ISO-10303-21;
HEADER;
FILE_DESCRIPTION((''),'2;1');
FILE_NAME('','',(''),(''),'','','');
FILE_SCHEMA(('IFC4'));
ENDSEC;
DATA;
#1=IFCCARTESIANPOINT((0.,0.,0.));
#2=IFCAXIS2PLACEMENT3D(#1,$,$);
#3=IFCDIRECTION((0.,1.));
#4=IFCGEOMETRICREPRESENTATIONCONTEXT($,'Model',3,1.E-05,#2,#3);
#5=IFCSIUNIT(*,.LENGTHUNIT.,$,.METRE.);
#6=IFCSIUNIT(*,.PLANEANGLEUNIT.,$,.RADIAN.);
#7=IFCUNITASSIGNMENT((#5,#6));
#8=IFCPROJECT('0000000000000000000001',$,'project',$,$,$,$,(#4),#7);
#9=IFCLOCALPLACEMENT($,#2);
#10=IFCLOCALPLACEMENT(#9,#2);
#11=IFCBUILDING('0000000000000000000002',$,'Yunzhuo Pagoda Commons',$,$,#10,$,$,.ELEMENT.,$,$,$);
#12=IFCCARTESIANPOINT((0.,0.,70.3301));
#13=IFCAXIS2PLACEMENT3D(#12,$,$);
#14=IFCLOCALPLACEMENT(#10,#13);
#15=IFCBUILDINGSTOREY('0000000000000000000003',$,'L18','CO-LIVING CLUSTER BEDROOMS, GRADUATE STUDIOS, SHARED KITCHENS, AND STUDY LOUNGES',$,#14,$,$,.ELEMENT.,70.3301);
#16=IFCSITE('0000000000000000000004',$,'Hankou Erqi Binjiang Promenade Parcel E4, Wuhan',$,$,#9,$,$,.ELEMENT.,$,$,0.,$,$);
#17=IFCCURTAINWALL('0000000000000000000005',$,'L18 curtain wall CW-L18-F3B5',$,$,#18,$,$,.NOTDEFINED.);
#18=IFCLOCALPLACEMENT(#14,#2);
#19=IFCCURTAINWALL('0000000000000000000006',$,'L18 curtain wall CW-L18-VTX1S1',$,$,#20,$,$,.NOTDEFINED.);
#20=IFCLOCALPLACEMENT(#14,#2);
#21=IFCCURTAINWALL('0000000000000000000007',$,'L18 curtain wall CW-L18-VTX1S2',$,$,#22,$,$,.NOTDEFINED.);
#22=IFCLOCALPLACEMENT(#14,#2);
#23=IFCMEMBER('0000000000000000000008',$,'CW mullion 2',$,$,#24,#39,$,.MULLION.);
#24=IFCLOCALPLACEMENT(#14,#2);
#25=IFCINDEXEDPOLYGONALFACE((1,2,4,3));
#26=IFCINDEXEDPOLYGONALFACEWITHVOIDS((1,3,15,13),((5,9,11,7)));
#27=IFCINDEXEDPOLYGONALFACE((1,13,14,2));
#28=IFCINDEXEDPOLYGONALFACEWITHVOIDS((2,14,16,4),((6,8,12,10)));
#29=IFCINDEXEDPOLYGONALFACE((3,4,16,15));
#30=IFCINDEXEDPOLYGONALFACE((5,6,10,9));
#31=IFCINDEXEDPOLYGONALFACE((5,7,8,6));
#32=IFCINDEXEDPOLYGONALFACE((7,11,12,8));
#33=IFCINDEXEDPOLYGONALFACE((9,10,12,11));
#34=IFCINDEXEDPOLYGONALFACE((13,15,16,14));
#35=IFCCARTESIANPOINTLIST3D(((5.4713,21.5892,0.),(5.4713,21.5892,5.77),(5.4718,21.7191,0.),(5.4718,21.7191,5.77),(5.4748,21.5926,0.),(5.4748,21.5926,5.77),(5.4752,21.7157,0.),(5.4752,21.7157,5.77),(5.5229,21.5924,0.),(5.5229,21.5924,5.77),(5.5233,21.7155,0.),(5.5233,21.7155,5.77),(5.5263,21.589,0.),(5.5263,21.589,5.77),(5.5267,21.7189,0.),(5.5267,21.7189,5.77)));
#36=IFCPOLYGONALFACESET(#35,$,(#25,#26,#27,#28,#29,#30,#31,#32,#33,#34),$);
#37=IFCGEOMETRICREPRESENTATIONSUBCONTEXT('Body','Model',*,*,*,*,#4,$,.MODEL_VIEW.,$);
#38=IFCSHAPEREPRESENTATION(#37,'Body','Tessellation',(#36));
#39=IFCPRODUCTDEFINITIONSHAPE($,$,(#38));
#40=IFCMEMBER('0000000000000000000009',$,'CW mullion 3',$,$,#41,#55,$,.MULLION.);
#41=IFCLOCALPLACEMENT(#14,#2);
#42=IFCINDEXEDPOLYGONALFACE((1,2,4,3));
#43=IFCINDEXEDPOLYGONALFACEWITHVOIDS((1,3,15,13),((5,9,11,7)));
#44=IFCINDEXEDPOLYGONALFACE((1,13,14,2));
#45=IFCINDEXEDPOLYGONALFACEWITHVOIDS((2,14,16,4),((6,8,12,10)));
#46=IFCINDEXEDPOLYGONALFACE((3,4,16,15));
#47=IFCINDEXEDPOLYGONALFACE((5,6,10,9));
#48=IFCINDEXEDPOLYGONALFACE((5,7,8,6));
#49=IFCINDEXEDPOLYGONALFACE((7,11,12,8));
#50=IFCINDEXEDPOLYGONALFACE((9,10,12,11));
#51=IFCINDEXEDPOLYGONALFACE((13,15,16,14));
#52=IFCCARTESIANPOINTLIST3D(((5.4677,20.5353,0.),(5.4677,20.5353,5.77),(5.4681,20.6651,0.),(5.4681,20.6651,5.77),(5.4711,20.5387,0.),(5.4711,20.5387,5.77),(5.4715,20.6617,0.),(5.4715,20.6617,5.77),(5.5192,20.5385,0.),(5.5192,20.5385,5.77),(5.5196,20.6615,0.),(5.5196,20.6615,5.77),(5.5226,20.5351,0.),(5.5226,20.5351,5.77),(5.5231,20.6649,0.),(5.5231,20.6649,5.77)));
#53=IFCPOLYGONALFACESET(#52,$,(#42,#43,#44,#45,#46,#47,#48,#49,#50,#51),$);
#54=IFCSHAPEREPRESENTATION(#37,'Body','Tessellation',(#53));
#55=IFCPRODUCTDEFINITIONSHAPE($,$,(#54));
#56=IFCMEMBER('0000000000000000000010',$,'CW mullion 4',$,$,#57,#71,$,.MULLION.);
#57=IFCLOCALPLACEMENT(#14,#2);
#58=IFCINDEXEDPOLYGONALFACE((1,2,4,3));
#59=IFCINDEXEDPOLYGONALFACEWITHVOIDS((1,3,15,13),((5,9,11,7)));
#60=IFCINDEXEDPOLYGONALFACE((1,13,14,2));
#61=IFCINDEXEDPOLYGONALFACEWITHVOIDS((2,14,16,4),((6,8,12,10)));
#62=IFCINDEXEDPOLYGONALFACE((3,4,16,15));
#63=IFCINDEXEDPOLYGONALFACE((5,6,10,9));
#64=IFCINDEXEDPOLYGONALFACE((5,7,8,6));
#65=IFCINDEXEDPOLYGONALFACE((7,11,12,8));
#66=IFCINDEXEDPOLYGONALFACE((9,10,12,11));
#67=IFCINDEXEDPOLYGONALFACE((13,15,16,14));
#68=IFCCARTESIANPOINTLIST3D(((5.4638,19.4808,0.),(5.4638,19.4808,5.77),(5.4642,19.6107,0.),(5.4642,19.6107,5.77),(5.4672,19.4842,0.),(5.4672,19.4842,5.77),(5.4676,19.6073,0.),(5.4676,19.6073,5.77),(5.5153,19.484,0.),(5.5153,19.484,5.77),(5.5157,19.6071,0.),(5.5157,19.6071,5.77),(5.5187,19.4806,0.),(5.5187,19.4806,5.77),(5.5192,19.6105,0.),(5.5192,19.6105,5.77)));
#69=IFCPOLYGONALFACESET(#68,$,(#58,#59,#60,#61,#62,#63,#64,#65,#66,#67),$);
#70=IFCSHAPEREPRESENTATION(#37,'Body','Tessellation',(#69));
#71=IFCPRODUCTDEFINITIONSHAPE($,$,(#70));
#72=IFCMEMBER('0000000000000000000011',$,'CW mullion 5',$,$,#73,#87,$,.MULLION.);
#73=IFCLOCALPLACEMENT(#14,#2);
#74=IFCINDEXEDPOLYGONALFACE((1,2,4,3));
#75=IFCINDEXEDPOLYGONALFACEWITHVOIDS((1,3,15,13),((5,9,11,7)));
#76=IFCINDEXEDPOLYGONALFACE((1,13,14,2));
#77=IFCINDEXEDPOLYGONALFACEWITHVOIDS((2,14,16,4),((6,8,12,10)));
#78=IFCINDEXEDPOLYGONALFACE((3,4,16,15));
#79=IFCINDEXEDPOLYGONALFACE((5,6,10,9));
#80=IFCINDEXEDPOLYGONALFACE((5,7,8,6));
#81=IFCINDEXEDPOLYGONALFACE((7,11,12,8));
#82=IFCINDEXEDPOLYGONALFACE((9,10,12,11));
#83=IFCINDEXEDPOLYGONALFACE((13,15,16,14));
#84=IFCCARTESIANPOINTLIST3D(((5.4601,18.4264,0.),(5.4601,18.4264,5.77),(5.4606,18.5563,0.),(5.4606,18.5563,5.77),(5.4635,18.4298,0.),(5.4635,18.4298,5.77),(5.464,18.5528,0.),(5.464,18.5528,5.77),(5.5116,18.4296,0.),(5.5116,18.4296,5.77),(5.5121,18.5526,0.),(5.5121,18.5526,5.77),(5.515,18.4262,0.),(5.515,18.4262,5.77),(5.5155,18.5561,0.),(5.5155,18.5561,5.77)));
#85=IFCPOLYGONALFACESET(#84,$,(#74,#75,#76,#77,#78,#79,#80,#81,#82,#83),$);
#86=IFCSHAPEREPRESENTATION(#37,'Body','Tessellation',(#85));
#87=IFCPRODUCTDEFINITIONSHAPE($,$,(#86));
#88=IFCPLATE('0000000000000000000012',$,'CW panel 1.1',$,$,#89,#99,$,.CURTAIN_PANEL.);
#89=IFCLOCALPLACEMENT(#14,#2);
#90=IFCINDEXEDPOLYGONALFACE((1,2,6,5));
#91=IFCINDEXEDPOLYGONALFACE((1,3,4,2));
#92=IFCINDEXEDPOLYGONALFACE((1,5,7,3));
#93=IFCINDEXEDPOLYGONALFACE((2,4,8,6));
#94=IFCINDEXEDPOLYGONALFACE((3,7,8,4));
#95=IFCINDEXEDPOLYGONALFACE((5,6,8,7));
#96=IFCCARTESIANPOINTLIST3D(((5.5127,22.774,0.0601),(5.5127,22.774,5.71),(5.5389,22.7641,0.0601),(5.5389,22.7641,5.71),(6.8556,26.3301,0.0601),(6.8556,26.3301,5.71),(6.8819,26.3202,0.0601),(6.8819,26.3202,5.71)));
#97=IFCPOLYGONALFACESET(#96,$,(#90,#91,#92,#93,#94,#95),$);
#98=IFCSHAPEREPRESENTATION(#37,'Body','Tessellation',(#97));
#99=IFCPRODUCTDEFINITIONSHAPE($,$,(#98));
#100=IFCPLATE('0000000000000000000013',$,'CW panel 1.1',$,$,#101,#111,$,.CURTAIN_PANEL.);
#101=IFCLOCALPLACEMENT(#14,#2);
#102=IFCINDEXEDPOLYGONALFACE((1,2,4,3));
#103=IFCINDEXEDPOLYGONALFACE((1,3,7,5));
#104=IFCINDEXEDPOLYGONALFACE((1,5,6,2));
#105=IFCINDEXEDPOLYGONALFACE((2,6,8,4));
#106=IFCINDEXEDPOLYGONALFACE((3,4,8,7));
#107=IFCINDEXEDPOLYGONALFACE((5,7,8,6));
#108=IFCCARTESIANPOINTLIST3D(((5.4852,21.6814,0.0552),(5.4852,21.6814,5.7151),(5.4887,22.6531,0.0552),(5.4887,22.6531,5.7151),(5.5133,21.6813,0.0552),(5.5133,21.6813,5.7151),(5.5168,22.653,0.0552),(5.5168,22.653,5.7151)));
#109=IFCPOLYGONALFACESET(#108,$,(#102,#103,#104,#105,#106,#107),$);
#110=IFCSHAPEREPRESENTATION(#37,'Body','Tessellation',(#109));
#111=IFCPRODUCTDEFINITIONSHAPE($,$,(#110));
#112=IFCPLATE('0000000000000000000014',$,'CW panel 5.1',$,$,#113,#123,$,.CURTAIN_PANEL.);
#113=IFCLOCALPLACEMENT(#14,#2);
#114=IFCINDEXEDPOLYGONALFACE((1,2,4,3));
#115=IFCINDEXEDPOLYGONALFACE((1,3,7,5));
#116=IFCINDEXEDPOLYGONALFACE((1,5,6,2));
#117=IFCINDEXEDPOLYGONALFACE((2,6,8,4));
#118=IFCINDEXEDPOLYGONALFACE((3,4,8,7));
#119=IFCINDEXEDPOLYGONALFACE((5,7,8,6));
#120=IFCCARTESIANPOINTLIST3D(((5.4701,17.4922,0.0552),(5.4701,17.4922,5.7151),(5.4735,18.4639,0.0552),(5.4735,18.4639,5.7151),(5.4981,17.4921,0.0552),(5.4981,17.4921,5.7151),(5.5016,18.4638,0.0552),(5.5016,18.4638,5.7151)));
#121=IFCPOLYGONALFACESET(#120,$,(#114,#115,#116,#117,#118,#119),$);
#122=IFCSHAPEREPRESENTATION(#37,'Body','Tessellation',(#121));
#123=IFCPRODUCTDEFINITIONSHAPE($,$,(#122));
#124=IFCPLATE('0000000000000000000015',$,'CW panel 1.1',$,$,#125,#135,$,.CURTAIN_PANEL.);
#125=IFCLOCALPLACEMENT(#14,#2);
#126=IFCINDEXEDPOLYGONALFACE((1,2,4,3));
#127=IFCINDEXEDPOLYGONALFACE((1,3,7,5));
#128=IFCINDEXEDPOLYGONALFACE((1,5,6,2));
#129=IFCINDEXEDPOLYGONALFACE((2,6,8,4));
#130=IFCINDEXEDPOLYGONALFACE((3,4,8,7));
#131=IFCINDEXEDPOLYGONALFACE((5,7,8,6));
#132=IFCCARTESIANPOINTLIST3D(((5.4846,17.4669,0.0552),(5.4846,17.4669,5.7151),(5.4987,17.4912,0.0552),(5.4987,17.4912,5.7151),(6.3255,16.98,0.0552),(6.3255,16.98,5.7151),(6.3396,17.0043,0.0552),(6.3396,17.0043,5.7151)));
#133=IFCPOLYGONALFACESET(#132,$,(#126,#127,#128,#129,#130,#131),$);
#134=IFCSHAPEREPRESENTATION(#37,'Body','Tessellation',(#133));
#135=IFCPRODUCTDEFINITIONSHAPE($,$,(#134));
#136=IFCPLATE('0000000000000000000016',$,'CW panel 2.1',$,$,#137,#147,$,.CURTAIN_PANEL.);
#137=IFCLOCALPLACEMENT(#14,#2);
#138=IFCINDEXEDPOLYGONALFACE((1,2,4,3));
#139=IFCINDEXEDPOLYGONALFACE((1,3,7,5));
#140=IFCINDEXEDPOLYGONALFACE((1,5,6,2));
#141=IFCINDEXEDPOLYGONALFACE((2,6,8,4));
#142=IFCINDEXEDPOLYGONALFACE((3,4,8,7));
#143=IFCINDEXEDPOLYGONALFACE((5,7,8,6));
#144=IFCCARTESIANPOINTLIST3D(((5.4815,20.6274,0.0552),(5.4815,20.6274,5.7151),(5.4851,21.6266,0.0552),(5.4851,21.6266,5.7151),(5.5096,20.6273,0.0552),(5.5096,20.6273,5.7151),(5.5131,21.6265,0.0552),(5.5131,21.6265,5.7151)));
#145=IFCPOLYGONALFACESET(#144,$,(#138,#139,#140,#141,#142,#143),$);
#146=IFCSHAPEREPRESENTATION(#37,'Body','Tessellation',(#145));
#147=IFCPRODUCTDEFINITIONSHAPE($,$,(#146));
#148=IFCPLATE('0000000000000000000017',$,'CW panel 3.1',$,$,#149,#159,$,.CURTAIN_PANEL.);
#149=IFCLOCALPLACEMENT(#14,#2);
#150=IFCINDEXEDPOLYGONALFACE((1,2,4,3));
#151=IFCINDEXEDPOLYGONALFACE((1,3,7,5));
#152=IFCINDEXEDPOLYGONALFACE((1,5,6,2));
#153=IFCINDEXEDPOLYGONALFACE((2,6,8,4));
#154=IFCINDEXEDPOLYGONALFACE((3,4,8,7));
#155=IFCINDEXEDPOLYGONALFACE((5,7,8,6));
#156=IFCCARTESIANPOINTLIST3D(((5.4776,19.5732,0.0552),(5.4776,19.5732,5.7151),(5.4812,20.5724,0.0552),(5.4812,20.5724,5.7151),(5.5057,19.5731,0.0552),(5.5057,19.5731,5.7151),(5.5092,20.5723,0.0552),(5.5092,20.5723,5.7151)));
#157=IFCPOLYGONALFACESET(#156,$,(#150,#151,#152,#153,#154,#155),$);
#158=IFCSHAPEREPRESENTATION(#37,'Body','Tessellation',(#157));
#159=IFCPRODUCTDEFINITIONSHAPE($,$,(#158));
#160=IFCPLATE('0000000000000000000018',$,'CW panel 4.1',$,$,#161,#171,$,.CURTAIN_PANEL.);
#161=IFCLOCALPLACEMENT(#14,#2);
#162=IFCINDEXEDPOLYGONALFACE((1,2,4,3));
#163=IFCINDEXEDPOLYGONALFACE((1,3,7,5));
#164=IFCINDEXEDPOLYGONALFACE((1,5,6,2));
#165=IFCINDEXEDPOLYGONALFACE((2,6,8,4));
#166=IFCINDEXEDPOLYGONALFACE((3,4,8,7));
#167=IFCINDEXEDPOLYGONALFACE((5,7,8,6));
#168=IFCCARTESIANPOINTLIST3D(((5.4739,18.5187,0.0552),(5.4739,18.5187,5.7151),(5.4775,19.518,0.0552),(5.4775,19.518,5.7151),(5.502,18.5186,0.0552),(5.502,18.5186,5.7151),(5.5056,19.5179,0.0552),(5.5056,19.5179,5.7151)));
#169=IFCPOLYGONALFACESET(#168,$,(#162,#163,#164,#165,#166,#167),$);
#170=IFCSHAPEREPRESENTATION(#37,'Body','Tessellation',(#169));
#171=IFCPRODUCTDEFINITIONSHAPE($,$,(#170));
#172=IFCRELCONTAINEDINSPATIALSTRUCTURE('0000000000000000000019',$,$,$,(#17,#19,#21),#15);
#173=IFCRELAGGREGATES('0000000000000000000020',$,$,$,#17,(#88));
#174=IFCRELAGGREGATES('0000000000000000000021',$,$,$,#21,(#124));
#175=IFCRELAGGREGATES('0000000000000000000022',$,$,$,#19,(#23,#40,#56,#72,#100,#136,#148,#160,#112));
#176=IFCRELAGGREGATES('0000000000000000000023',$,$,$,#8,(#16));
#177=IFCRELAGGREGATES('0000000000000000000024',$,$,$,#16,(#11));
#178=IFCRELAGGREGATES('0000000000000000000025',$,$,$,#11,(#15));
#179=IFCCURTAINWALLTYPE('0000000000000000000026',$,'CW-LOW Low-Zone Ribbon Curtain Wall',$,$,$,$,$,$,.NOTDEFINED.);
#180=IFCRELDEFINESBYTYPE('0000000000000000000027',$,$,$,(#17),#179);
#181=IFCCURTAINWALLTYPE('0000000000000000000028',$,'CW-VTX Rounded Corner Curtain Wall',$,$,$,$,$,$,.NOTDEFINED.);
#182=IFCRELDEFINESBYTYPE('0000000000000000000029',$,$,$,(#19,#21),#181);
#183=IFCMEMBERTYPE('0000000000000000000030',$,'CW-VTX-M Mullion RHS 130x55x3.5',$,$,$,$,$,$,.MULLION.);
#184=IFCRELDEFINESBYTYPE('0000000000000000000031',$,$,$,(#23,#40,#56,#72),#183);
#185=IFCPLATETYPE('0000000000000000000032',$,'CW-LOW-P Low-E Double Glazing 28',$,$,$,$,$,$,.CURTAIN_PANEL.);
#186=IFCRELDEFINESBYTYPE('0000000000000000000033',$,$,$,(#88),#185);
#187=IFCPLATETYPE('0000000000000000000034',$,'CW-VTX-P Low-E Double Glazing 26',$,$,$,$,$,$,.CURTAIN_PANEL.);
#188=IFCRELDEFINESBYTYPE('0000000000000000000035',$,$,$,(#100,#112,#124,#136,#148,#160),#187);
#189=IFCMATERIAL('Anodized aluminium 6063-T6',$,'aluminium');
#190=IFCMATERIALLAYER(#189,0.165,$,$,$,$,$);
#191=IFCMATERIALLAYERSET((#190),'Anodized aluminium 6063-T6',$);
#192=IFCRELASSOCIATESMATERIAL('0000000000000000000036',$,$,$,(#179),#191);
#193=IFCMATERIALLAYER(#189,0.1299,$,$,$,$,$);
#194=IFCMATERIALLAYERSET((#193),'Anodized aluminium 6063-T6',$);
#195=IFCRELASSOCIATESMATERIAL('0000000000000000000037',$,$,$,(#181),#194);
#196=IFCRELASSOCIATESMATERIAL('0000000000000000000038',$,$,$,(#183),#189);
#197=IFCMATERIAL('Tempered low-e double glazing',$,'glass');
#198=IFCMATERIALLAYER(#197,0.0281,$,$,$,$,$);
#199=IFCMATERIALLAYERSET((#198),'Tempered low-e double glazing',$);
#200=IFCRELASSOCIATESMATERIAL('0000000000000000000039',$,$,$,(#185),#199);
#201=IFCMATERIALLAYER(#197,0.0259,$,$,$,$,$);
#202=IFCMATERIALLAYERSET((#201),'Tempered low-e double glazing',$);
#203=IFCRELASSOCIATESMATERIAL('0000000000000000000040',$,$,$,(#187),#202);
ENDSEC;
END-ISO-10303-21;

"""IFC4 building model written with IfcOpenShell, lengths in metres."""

from ifc_helpers import new_model, si_unit, direction, frame, origin, origin_2d, place, context, subcontext, project, spatial, rectangle, hollow_rectangle, extrude, source, transform, mapped, material, layer, layer_set, material_profile, profile_set, type_object, element, aggregate, save


model = new_model("IFC4")

# Units and contexts
model_context = context("Model", 3, precision=1e-05, world=origin(), true_north=direction((0.0, 1.0)))
body_context = subcontext(model_context, "Body", "Model", "MODEL_VIEW")
ifc_project = project(units=[si_unit("LENGTHUNIT", "METRE"), si_unit("PLANEANGLEUNIT", "RADIAN")], contexts=[model_context])

# Site, building, storey
site_placement = place(None, origin())
site = spatial("IfcSite", under=ifc_project, at=site_placement, Name="Hankou Erqi Binjiang Promenade Parcel E4, Wuhan", CompositionType="ELEMENT", RefElevation=0.0)
building_placement = place(site_placement, origin())
building = spatial("IfcBuilding", under=site, at=building_placement, Name="Yunzhuo Pagoda Commons", CompositionType="ELEMENT")
storey_placement = place(building_placement, frame((0.0, 0.0, 70.3301)))
storey = spatial("IfcBuildingStorey", under=building, at=storey_placement, Name="L18", Description="CO-LIVING CLUSTER BEDROOMS, GRADUATE STUDIOS, SHARED KITCHENS, AND STUDY LOUNGES", CompositionType="ELEMENT", Elevation=70.3301)

# Curtain walls
ifc_material_1 = material(Name="Anodized aluminium 6063-T6", Category="aluminium")
ifc_layer_1 = layer(ifc_material_1, 0.165)
ifc_layer_set_1 = layer_set([ifc_layer_1], Name="Anodized aluminium 6063-T6")
curtain_wall_type_1 = type_object("IfcCurtainWallType", Name="CW-LOW Low-Zone Ribbon Curtain Wall", PredefinedType="NOTDEFINED", material=ifc_layer_set_1)
curtain_wall_1_placement = place(storey_placement, origin())
curtain_wall_1 = element("IfcCurtainWall", 1, at=curtain_wall_1_placement, inside=storey, type_object=curtain_wall_type_1, Name="L18 curtain wall CW-L18-F3B5", PredefinedType="NOTDEFINED")
ifc_layer_2 = layer(ifc_material_1, 0.1299)
ifc_layer_set_2 = layer_set([ifc_layer_2], Name="Anodized aluminium 6063-T6")
curtain_wall_type_2 = type_object("IfcCurtainWallType", Name="CW-VTX Rounded Corner Curtain Wall", PredefinedType="NOTDEFINED", material=ifc_layer_set_2)
curtain_wall_2_placement = place(storey_placement, origin())
curtain_wall_2 = element("IfcCurtainWall", 2, at=curtain_wall_2_placement, inside=storey, type_object=curtain_wall_type_2, Name="L18 curtain wall CW-L18-VTX1S1", PredefinedType="NOTDEFINED")
curtain_wall_3_placement = place(storey_placement, origin())
curtain_wall_3 = element("IfcCurtainWall", 3, at=curtain_wall_3_placement, inside=storey, type_object=curtain_wall_type_2, Name="L18 curtain wall CW-L18-VTX1S2", PredefinedType="NOTDEFINED")

# Members
ifc_material_profile_1 = material_profile(ifc_material_1, hollow_rectangle(XDim=0.0549, YDim=0.1299, WallThickness=0.0034, at=origin_2d()), Name="Anodized aluminium 6063-T6")
ifc_profile_set_1 = profile_set([ifc_material_profile_1], Name="Anodized aluminium 6063-T6")
member_type_1 = type_object("IfcMemberType", Name="CW-VTX-M Mullion RHS 130x55x3.5", PredefinedType="MULLION", material=ifc_profile_set_1)
shared_shape_1 = source(origin(), body_context, "Body", "SweptSolid", [
    extrude(hollow_rectangle(XDim=0.0549, YDim=0.1299, WallThickness=0.0034, at=origin_2d()), origin(), (0.0, 0.0, 1.0), 5.77),
])
member_1_placement = place(storey_placement, frame((5.499, 21.6541, 0.0), z_axis=(0.0, 0.0, 1.0), x_axis=(0.999994, -0.003586, 0.0)))
member_1 = element("IfcMember", 4, at=member_1_placement, type_object=member_type_1, Name="CW mullion 2", PredefinedType="MULLION", context=body_context, shape_type="MappedRepresentation", body=[
    mapped(shared_shape_1, transform((0.0, 0.0, 0.0), scale=1.0)),
])
member_2_placement = place(storey_placement, frame((5.4954, 20.6001, 0.0), z_axis=(0.0, 0.0, 1.0), x_axis=(0.999994, -0.003586, 0.0)))
member_2 = element("IfcMember", 5, at=member_2_placement, type_object=member_type_1, Name="CW mullion 3", PredefinedType="MULLION", context=body_context, shape_type="MappedRepresentation", body=[
    mapped(shared_shape_1, transform((0.0, 0.0, 0.0), scale=1.0)),
])
member_3_placement = place(storey_placement, frame((5.4915, 19.5457, 0.0), z_axis=(0.0, 0.0, 1.0), x_axis=(0.999994, -0.003586, 0.0)))
member_3 = element("IfcMember", 6, at=member_3_placement, type_object=member_type_1, Name="CW mullion 4", PredefinedType="MULLION", context=body_context, shape_type="MappedRepresentation", body=[
    mapped(shared_shape_1, transform((0.0, 0.0, 0.0), scale=1.0)),
])
member_4_placement = place(storey_placement, frame((5.4878, 18.4912, 0.0), z_axis=(0.0, 0.0, 1.0), x_axis=(0.999994, -0.003586, 0.0)))
member_4 = element("IfcMember", 7, at=member_4_placement, type_object=member_type_1, Name="CW mullion 5", PredefinedType="MULLION", context=body_context, shape_type="MappedRepresentation", body=[
    mapped(shared_shape_1, transform((0.0, 0.0, 0.0), scale=1.0)),
])

# Plates
ifc_material_2 = material(Name="Tempered low-e double glazing", Category="glass")
ifc_layer_3 = layer(ifc_material_2, 0.0281)
ifc_layer_set_3 = layer_set([ifc_layer_3], Name="Tempered low-e double glazing")
plate_type_1 = type_object("IfcPlateType", Name="CW-LOW-P Low-E Double Glazing 28", PredefinedType="CURTAIN_PANEL", material=ifc_layer_set_3)
shared_shape_2 = source(origin(), body_context, "Body", "SweptSolid", [
    extrude(rectangle(XDim=3.8013, YDim=0.0281, at=origin_2d()), origin(), (0.0, 0.0, 1.0), 5.6499),
])
plate_1_placement = place(storey_placement, frame((6.1973, 24.5471, 0.0601), z_axis=(0.0, 0.0, 1.0), x_axis=(-0.353291, -0.935513, 0.0)))
plate_1 = element("IfcPlate", 8, at=plate_1_placement, type_object=plate_type_1, Name="CW panel 1.1", PredefinedType="CURTAIN_PANEL", context=body_context, shape_type="MappedRepresentation", body=[
    mapped(shared_shape_2, transform((0.0, 0.0, 0.0), scale=1.0)),
])
aggregate(curtain_wall_1, [plate_1])
ifc_layer_4 = layer(ifc_material_2, 0.0259)
ifc_layer_set_4 = layer_set([ifc_layer_4], Name="Tempered low-e double glazing")
plate_type_2 = type_object("IfcPlateType", Name="CW-VTX-P Low-E Double Glazing 26", PredefinedType="CURTAIN_PANEL", material=ifc_layer_set_4)
shared_shape_3 = source(origin(), body_context, "Body", "SweptSolid", [
    extrude(rectangle(XDim=0.9717, YDim=0.0281, at=origin_2d()), origin(), (0.0, 0.0, 1.0), 5.6599),
])
plate_2_placement = place(storey_placement, frame((5.501, 22.1672, 0.0552), z_axis=(0.0, 0.0, 1.0), x_axis=(-0.003586, -0.999994, 0.0)))
plate_2 = element("IfcPlate", 9, at=plate_2_placement, type_object=plate_type_2, Name="CW panel 1.1", PredefinedType="CURTAIN_PANEL", context=body_context, shape_type="MappedRepresentation", body=[
    mapped(shared_shape_3, transform((0.0, 0.0, 0.0), scale=1.0)),
])
plate_3_placement = place(storey_placement, frame((5.4858, 17.978, 0.0552), z_axis=(0.0, 0.0, 1.0), x_axis=(-0.003586, -0.999994, 0.0)))
plate_3 = element("IfcPlate", 10, at=plate_3_placement, type_object=plate_type_2, Name="CW panel 5.1", PredefinedType="CURTAIN_PANEL", context=body_context, shape_type="MappedRepresentation", body=[
    mapped(shared_shape_3, transform((0.0, 0.0, 0.0), scale=1.0)),
])
plate_4_placement = place(storey_placement, frame((5.9121, 17.2356, 0.0552), z_axis=(0.0, 0.0, 1.0), x_axis=(0.865425, -0.501039, 0.0)))
plate_4 = element("IfcPlate", 11, at=plate_4_placement, type_object=plate_type_2, Name="CW panel 1.1", PredefinedType="CURTAIN_PANEL", context=body_context, shape_type="MappedRepresentation", body=[
    mapped(shared_shape_3, transform((0.0, 0.0, 0.0), scale=1.0)),
])
aggregate(curtain_wall_3, [plate_4])
shared_shape_4 = source(origin(), body_context, "Body", "SweptSolid", [
    extrude(rectangle(XDim=0.9993, YDim=0.0281, at=origin_2d()), origin(), (0.0, 0.0, 1.0), 5.6599),
])
plate_5_placement = place(storey_placement, frame((5.4973, 21.127, 0.0552), z_axis=(0.0, 0.0, 1.0), x_axis=(-0.003586, -0.999994, 0.0)))
plate_5 = element("IfcPlate", 12, at=plate_5_placement, type_object=plate_type_2, Name="CW panel 2.1", PredefinedType="CURTAIN_PANEL", context=body_context, shape_type="MappedRepresentation", body=[
    mapped(shared_shape_4, transform((0.0, 0.0, 0.0), scale=1.0)),
])
plate_6_placement = place(storey_placement, frame((5.4934, 20.0728, 0.0552), z_axis=(0.0, 0.0, 1.0), x_axis=(-0.003586, -0.999994, 0.0)))
plate_6 = element("IfcPlate", 13, at=plate_6_placement, type_object=plate_type_2, Name="CW panel 3.1", PredefinedType="CURTAIN_PANEL", context=body_context, shape_type="MappedRepresentation", body=[
    mapped(shared_shape_4, transform((0.0, 0.0, 0.0), scale=1.0)),
])
plate_7_placement = place(storey_placement, frame((5.4897, 19.0183, 0.0552), z_axis=(0.0, 0.0, 1.0), x_axis=(-0.003586, -0.999994, 0.0)))
plate_7 = element("IfcPlate", 14, at=plate_7_placement, type_object=plate_type_2, Name="CW panel 4.1", PredefinedType="CURTAIN_PANEL", context=body_context, shape_type="MappedRepresentation", body=[
    mapped(shared_shape_4, transform((0.0, 0.0, 0.0), scale=1.0)),
])
aggregate(curtain_wall_2, [member_1, member_2, member_3, member_4, plate_2, plate_5, plate_6, plate_7, plate_3])

save(model, "model.ifc")
